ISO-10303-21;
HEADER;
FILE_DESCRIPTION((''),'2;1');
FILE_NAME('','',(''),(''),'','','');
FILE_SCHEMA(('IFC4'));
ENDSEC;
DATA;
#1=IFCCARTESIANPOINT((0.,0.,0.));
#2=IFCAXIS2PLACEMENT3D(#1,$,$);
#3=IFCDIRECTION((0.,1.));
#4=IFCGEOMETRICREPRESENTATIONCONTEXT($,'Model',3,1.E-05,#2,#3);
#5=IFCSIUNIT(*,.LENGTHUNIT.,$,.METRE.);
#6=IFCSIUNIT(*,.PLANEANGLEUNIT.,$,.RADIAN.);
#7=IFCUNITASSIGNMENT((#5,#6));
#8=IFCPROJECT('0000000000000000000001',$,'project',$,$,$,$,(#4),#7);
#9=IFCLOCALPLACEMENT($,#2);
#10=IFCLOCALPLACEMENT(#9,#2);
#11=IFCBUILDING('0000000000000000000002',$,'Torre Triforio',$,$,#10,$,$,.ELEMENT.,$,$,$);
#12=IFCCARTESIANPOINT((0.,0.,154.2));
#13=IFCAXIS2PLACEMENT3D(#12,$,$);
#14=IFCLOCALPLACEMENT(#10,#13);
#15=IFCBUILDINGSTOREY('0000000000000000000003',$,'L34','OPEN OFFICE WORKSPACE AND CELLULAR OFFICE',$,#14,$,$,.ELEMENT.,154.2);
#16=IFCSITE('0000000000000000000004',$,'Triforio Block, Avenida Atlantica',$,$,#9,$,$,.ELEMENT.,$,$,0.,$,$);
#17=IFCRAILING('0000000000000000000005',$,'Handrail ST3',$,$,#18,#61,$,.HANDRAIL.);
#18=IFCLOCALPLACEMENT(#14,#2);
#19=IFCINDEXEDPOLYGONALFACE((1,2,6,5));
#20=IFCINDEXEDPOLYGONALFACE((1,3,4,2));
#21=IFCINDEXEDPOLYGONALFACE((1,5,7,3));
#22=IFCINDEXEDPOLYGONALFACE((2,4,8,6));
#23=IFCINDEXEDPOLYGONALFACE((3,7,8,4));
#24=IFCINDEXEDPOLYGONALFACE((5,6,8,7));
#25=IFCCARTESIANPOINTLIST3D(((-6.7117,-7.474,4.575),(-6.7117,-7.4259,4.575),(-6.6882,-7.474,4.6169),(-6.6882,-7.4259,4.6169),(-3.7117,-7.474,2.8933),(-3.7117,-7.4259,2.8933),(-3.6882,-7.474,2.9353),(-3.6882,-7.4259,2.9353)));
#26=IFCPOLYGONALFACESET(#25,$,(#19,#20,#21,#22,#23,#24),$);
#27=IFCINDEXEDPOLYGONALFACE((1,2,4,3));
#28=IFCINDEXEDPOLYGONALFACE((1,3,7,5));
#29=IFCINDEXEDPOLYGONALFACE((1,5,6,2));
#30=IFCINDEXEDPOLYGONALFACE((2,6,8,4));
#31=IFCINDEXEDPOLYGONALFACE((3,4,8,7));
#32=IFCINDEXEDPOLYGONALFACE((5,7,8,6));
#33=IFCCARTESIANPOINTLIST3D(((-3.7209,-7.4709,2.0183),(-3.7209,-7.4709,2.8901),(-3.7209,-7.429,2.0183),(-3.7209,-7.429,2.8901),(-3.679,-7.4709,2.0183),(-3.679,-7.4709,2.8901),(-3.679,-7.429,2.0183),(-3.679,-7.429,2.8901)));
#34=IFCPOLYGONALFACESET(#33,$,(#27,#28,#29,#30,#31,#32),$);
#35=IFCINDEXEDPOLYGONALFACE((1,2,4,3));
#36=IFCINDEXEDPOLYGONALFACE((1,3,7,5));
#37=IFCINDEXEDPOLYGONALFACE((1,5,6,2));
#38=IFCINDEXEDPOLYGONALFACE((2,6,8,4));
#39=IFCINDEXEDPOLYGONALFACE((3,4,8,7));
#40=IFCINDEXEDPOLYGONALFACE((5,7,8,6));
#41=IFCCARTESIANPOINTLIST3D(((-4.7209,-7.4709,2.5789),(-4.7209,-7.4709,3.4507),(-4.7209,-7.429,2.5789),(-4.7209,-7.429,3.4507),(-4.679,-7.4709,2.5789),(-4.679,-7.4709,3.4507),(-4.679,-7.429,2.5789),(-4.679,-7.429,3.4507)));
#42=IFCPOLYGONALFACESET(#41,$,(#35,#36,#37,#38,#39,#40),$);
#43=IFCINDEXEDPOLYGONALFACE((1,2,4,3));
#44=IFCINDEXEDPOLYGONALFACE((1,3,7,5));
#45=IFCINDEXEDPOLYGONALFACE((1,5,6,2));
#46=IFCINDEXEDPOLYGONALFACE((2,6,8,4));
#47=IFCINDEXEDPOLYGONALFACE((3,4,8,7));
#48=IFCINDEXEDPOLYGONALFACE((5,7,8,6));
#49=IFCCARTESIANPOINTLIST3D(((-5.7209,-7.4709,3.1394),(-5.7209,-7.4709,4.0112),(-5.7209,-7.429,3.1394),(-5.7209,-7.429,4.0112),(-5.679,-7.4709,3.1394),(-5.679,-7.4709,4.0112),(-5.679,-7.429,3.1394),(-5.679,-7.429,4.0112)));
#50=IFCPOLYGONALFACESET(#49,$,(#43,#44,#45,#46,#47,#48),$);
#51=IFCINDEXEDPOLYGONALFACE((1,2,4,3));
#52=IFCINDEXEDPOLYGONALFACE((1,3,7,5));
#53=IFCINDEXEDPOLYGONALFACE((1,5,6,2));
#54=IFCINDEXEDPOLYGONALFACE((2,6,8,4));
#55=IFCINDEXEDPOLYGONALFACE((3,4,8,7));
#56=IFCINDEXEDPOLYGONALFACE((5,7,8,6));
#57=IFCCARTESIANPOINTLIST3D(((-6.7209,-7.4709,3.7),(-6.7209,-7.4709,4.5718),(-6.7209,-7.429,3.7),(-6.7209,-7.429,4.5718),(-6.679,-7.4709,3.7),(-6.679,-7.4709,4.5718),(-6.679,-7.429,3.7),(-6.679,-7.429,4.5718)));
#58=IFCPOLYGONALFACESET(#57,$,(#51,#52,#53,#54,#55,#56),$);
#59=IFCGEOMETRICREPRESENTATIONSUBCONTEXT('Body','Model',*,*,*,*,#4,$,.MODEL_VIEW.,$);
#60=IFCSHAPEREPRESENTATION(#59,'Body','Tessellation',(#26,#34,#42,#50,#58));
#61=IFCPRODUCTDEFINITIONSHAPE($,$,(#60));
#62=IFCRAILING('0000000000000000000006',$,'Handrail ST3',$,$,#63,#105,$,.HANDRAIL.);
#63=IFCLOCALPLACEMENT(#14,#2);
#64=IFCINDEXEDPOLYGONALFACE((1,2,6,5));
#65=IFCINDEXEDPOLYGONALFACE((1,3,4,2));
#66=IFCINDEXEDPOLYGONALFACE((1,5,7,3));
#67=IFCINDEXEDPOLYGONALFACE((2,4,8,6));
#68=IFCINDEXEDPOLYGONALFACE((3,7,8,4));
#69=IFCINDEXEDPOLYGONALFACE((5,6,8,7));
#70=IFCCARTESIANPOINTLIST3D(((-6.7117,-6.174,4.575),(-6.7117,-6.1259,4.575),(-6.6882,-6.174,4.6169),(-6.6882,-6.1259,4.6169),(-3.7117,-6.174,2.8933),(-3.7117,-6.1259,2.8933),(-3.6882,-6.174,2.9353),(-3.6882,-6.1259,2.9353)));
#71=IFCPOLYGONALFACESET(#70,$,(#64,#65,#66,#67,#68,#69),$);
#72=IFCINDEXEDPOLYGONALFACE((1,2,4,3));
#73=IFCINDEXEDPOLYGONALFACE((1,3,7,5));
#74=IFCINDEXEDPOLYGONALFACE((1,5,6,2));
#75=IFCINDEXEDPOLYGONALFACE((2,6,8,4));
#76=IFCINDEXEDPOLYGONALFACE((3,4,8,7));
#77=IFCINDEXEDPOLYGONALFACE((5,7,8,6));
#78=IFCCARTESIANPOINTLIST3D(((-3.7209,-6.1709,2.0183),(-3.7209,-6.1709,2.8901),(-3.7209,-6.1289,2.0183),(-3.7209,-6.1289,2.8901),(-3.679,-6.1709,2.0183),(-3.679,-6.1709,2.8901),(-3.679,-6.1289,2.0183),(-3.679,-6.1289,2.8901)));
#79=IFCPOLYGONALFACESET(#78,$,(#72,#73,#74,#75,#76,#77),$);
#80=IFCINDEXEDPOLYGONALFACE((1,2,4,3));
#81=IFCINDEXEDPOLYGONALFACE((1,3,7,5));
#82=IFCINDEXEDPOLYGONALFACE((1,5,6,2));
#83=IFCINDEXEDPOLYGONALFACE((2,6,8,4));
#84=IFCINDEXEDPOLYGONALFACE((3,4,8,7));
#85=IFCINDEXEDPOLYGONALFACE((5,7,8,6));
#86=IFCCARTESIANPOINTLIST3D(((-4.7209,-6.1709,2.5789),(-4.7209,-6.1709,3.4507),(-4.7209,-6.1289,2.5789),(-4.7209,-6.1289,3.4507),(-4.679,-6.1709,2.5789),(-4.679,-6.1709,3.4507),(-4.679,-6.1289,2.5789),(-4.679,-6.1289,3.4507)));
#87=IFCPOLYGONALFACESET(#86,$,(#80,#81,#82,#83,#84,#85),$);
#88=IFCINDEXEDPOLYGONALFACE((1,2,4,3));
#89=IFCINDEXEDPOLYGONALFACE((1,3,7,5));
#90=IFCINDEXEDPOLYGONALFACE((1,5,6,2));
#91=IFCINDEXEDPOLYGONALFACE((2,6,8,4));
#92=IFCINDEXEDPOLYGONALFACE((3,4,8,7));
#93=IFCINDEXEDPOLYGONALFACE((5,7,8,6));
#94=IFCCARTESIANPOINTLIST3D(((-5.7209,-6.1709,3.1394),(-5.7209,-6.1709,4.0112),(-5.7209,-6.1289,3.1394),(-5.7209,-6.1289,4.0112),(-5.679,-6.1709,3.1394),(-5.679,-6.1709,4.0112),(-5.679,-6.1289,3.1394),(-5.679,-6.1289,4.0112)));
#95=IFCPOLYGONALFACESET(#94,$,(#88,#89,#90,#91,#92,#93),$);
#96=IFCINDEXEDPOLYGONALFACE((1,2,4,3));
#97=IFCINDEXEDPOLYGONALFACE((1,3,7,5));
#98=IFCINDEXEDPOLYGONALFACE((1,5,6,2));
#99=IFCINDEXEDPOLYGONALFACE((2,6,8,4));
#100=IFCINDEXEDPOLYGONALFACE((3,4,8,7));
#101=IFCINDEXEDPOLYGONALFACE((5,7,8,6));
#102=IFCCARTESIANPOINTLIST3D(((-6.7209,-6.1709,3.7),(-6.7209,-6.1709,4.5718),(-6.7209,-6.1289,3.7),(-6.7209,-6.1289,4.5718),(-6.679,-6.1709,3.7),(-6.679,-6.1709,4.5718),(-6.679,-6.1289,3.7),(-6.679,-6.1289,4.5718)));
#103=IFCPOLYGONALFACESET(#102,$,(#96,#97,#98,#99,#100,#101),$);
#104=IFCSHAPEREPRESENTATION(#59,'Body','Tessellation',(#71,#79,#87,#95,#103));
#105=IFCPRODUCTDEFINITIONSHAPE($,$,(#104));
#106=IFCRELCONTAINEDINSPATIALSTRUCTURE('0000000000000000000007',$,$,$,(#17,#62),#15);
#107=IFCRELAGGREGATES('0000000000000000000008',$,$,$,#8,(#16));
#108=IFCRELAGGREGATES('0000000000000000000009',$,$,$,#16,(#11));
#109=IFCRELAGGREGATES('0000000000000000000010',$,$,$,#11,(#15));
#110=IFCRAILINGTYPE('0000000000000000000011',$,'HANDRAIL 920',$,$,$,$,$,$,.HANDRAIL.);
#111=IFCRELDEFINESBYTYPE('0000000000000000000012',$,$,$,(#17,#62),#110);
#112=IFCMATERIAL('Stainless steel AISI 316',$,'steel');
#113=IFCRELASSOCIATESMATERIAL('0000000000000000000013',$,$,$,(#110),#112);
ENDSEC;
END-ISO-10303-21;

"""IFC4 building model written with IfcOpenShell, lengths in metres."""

from ifc_helpers import new_model, si_unit, direction, frame, origin, origin_2d, place, context, subcontext, project, spatial, rectangle, extrude, material, type_object, element, save


model = new_model("IFC4")

# Units and contexts
model_context = context("Model", 3, precision=1e-05, world=origin(), true_north=direction((0.0, 1.0)))
body_context = subcontext(model_context, "Body", "Model", "MODEL_VIEW")
ifc_project = project(units=[si_unit("LENGTHUNIT", "METRE"), si_unit("PLANEANGLEUNIT", "RADIAN")], contexts=[model_context])

# Site, building, storey
site_placement = place(None, origin())
site = spatial("IfcSite", under=ifc_project, at=site_placement, Name="Triforio Block, Avenida Atlantica", CompositionType="ELEMENT", RefElevation=0.0)
building_placement = place(site_placement, origin())
building = spatial("IfcBuilding", under=site, at=building_placement, Name="Torre Triforio", CompositionType="ELEMENT")
storey_placement = place(building_placement, frame((0.0, 0.0, 154.2)))
storey = spatial("IfcBuildingStorey", under=building, at=storey_placement, Name="L34", Description="OPEN OFFICE WORKSPACE AND CELLULAR OFFICE", CompositionType="ELEMENT", Elevation=154.2)

# Railings
ifc_material_1 = material(Name="Stainless steel AISI 316", Category="steel")
railing_type = type_object("IfcRailingType", Name="HANDRAIL 920", PredefinedType="HANDRAIL", material=ifc_material_1)
for number, where, name in (
    (1, (-3.7, -7.45, 2.0183), "Handrail ST3"),
    (2, (-3.7, -6.1499, 2.0183), "Handrail ST3"),
):
    element("IfcRailing", number, at=place(storey_placement, frame(where)), inside=storey, type_object=railing_type, Name=name, PredefinedType="HANDRAIL", context=body_context, shape_type="SweptSolid", body=[
        extrude(rectangle(XDim=0.0481, YDim=0.0481, at=origin_2d()), frame((0.0, 0.0, 0.896), z_axis=(-0.872303, 0.0, 0.488966), x_axis=(0.0, -1.0, 0.0)), (0.0, 0.0, 1.0), 3.4392),
        extrude(rectangle(XDim=0.042, YDim=0.042, at=origin_2d()), origin(), (0.0, 0.0, 1.0), 0.8718),
        extrude(rectangle(XDim=0.042, YDim=0.042, at=origin_2d()), frame((-1.0, 0.0, 0.5605)), (0.0, 0.0, 1.0), 0.8718),
        extrude(rectangle(XDim=0.042, YDim=0.042, at=origin_2d()), frame((-2.0, 0.0, 1.1211)), (0.0, 0.0, 1.0), 0.8718),
        extrude(rectangle(XDim=0.042, YDim=0.042, at=origin_2d()), frame((-3.0, 0.0, 1.6816)), (0.0, 0.0, 1.0), 0.8718),
    ])

save(model, "model.ifc")
